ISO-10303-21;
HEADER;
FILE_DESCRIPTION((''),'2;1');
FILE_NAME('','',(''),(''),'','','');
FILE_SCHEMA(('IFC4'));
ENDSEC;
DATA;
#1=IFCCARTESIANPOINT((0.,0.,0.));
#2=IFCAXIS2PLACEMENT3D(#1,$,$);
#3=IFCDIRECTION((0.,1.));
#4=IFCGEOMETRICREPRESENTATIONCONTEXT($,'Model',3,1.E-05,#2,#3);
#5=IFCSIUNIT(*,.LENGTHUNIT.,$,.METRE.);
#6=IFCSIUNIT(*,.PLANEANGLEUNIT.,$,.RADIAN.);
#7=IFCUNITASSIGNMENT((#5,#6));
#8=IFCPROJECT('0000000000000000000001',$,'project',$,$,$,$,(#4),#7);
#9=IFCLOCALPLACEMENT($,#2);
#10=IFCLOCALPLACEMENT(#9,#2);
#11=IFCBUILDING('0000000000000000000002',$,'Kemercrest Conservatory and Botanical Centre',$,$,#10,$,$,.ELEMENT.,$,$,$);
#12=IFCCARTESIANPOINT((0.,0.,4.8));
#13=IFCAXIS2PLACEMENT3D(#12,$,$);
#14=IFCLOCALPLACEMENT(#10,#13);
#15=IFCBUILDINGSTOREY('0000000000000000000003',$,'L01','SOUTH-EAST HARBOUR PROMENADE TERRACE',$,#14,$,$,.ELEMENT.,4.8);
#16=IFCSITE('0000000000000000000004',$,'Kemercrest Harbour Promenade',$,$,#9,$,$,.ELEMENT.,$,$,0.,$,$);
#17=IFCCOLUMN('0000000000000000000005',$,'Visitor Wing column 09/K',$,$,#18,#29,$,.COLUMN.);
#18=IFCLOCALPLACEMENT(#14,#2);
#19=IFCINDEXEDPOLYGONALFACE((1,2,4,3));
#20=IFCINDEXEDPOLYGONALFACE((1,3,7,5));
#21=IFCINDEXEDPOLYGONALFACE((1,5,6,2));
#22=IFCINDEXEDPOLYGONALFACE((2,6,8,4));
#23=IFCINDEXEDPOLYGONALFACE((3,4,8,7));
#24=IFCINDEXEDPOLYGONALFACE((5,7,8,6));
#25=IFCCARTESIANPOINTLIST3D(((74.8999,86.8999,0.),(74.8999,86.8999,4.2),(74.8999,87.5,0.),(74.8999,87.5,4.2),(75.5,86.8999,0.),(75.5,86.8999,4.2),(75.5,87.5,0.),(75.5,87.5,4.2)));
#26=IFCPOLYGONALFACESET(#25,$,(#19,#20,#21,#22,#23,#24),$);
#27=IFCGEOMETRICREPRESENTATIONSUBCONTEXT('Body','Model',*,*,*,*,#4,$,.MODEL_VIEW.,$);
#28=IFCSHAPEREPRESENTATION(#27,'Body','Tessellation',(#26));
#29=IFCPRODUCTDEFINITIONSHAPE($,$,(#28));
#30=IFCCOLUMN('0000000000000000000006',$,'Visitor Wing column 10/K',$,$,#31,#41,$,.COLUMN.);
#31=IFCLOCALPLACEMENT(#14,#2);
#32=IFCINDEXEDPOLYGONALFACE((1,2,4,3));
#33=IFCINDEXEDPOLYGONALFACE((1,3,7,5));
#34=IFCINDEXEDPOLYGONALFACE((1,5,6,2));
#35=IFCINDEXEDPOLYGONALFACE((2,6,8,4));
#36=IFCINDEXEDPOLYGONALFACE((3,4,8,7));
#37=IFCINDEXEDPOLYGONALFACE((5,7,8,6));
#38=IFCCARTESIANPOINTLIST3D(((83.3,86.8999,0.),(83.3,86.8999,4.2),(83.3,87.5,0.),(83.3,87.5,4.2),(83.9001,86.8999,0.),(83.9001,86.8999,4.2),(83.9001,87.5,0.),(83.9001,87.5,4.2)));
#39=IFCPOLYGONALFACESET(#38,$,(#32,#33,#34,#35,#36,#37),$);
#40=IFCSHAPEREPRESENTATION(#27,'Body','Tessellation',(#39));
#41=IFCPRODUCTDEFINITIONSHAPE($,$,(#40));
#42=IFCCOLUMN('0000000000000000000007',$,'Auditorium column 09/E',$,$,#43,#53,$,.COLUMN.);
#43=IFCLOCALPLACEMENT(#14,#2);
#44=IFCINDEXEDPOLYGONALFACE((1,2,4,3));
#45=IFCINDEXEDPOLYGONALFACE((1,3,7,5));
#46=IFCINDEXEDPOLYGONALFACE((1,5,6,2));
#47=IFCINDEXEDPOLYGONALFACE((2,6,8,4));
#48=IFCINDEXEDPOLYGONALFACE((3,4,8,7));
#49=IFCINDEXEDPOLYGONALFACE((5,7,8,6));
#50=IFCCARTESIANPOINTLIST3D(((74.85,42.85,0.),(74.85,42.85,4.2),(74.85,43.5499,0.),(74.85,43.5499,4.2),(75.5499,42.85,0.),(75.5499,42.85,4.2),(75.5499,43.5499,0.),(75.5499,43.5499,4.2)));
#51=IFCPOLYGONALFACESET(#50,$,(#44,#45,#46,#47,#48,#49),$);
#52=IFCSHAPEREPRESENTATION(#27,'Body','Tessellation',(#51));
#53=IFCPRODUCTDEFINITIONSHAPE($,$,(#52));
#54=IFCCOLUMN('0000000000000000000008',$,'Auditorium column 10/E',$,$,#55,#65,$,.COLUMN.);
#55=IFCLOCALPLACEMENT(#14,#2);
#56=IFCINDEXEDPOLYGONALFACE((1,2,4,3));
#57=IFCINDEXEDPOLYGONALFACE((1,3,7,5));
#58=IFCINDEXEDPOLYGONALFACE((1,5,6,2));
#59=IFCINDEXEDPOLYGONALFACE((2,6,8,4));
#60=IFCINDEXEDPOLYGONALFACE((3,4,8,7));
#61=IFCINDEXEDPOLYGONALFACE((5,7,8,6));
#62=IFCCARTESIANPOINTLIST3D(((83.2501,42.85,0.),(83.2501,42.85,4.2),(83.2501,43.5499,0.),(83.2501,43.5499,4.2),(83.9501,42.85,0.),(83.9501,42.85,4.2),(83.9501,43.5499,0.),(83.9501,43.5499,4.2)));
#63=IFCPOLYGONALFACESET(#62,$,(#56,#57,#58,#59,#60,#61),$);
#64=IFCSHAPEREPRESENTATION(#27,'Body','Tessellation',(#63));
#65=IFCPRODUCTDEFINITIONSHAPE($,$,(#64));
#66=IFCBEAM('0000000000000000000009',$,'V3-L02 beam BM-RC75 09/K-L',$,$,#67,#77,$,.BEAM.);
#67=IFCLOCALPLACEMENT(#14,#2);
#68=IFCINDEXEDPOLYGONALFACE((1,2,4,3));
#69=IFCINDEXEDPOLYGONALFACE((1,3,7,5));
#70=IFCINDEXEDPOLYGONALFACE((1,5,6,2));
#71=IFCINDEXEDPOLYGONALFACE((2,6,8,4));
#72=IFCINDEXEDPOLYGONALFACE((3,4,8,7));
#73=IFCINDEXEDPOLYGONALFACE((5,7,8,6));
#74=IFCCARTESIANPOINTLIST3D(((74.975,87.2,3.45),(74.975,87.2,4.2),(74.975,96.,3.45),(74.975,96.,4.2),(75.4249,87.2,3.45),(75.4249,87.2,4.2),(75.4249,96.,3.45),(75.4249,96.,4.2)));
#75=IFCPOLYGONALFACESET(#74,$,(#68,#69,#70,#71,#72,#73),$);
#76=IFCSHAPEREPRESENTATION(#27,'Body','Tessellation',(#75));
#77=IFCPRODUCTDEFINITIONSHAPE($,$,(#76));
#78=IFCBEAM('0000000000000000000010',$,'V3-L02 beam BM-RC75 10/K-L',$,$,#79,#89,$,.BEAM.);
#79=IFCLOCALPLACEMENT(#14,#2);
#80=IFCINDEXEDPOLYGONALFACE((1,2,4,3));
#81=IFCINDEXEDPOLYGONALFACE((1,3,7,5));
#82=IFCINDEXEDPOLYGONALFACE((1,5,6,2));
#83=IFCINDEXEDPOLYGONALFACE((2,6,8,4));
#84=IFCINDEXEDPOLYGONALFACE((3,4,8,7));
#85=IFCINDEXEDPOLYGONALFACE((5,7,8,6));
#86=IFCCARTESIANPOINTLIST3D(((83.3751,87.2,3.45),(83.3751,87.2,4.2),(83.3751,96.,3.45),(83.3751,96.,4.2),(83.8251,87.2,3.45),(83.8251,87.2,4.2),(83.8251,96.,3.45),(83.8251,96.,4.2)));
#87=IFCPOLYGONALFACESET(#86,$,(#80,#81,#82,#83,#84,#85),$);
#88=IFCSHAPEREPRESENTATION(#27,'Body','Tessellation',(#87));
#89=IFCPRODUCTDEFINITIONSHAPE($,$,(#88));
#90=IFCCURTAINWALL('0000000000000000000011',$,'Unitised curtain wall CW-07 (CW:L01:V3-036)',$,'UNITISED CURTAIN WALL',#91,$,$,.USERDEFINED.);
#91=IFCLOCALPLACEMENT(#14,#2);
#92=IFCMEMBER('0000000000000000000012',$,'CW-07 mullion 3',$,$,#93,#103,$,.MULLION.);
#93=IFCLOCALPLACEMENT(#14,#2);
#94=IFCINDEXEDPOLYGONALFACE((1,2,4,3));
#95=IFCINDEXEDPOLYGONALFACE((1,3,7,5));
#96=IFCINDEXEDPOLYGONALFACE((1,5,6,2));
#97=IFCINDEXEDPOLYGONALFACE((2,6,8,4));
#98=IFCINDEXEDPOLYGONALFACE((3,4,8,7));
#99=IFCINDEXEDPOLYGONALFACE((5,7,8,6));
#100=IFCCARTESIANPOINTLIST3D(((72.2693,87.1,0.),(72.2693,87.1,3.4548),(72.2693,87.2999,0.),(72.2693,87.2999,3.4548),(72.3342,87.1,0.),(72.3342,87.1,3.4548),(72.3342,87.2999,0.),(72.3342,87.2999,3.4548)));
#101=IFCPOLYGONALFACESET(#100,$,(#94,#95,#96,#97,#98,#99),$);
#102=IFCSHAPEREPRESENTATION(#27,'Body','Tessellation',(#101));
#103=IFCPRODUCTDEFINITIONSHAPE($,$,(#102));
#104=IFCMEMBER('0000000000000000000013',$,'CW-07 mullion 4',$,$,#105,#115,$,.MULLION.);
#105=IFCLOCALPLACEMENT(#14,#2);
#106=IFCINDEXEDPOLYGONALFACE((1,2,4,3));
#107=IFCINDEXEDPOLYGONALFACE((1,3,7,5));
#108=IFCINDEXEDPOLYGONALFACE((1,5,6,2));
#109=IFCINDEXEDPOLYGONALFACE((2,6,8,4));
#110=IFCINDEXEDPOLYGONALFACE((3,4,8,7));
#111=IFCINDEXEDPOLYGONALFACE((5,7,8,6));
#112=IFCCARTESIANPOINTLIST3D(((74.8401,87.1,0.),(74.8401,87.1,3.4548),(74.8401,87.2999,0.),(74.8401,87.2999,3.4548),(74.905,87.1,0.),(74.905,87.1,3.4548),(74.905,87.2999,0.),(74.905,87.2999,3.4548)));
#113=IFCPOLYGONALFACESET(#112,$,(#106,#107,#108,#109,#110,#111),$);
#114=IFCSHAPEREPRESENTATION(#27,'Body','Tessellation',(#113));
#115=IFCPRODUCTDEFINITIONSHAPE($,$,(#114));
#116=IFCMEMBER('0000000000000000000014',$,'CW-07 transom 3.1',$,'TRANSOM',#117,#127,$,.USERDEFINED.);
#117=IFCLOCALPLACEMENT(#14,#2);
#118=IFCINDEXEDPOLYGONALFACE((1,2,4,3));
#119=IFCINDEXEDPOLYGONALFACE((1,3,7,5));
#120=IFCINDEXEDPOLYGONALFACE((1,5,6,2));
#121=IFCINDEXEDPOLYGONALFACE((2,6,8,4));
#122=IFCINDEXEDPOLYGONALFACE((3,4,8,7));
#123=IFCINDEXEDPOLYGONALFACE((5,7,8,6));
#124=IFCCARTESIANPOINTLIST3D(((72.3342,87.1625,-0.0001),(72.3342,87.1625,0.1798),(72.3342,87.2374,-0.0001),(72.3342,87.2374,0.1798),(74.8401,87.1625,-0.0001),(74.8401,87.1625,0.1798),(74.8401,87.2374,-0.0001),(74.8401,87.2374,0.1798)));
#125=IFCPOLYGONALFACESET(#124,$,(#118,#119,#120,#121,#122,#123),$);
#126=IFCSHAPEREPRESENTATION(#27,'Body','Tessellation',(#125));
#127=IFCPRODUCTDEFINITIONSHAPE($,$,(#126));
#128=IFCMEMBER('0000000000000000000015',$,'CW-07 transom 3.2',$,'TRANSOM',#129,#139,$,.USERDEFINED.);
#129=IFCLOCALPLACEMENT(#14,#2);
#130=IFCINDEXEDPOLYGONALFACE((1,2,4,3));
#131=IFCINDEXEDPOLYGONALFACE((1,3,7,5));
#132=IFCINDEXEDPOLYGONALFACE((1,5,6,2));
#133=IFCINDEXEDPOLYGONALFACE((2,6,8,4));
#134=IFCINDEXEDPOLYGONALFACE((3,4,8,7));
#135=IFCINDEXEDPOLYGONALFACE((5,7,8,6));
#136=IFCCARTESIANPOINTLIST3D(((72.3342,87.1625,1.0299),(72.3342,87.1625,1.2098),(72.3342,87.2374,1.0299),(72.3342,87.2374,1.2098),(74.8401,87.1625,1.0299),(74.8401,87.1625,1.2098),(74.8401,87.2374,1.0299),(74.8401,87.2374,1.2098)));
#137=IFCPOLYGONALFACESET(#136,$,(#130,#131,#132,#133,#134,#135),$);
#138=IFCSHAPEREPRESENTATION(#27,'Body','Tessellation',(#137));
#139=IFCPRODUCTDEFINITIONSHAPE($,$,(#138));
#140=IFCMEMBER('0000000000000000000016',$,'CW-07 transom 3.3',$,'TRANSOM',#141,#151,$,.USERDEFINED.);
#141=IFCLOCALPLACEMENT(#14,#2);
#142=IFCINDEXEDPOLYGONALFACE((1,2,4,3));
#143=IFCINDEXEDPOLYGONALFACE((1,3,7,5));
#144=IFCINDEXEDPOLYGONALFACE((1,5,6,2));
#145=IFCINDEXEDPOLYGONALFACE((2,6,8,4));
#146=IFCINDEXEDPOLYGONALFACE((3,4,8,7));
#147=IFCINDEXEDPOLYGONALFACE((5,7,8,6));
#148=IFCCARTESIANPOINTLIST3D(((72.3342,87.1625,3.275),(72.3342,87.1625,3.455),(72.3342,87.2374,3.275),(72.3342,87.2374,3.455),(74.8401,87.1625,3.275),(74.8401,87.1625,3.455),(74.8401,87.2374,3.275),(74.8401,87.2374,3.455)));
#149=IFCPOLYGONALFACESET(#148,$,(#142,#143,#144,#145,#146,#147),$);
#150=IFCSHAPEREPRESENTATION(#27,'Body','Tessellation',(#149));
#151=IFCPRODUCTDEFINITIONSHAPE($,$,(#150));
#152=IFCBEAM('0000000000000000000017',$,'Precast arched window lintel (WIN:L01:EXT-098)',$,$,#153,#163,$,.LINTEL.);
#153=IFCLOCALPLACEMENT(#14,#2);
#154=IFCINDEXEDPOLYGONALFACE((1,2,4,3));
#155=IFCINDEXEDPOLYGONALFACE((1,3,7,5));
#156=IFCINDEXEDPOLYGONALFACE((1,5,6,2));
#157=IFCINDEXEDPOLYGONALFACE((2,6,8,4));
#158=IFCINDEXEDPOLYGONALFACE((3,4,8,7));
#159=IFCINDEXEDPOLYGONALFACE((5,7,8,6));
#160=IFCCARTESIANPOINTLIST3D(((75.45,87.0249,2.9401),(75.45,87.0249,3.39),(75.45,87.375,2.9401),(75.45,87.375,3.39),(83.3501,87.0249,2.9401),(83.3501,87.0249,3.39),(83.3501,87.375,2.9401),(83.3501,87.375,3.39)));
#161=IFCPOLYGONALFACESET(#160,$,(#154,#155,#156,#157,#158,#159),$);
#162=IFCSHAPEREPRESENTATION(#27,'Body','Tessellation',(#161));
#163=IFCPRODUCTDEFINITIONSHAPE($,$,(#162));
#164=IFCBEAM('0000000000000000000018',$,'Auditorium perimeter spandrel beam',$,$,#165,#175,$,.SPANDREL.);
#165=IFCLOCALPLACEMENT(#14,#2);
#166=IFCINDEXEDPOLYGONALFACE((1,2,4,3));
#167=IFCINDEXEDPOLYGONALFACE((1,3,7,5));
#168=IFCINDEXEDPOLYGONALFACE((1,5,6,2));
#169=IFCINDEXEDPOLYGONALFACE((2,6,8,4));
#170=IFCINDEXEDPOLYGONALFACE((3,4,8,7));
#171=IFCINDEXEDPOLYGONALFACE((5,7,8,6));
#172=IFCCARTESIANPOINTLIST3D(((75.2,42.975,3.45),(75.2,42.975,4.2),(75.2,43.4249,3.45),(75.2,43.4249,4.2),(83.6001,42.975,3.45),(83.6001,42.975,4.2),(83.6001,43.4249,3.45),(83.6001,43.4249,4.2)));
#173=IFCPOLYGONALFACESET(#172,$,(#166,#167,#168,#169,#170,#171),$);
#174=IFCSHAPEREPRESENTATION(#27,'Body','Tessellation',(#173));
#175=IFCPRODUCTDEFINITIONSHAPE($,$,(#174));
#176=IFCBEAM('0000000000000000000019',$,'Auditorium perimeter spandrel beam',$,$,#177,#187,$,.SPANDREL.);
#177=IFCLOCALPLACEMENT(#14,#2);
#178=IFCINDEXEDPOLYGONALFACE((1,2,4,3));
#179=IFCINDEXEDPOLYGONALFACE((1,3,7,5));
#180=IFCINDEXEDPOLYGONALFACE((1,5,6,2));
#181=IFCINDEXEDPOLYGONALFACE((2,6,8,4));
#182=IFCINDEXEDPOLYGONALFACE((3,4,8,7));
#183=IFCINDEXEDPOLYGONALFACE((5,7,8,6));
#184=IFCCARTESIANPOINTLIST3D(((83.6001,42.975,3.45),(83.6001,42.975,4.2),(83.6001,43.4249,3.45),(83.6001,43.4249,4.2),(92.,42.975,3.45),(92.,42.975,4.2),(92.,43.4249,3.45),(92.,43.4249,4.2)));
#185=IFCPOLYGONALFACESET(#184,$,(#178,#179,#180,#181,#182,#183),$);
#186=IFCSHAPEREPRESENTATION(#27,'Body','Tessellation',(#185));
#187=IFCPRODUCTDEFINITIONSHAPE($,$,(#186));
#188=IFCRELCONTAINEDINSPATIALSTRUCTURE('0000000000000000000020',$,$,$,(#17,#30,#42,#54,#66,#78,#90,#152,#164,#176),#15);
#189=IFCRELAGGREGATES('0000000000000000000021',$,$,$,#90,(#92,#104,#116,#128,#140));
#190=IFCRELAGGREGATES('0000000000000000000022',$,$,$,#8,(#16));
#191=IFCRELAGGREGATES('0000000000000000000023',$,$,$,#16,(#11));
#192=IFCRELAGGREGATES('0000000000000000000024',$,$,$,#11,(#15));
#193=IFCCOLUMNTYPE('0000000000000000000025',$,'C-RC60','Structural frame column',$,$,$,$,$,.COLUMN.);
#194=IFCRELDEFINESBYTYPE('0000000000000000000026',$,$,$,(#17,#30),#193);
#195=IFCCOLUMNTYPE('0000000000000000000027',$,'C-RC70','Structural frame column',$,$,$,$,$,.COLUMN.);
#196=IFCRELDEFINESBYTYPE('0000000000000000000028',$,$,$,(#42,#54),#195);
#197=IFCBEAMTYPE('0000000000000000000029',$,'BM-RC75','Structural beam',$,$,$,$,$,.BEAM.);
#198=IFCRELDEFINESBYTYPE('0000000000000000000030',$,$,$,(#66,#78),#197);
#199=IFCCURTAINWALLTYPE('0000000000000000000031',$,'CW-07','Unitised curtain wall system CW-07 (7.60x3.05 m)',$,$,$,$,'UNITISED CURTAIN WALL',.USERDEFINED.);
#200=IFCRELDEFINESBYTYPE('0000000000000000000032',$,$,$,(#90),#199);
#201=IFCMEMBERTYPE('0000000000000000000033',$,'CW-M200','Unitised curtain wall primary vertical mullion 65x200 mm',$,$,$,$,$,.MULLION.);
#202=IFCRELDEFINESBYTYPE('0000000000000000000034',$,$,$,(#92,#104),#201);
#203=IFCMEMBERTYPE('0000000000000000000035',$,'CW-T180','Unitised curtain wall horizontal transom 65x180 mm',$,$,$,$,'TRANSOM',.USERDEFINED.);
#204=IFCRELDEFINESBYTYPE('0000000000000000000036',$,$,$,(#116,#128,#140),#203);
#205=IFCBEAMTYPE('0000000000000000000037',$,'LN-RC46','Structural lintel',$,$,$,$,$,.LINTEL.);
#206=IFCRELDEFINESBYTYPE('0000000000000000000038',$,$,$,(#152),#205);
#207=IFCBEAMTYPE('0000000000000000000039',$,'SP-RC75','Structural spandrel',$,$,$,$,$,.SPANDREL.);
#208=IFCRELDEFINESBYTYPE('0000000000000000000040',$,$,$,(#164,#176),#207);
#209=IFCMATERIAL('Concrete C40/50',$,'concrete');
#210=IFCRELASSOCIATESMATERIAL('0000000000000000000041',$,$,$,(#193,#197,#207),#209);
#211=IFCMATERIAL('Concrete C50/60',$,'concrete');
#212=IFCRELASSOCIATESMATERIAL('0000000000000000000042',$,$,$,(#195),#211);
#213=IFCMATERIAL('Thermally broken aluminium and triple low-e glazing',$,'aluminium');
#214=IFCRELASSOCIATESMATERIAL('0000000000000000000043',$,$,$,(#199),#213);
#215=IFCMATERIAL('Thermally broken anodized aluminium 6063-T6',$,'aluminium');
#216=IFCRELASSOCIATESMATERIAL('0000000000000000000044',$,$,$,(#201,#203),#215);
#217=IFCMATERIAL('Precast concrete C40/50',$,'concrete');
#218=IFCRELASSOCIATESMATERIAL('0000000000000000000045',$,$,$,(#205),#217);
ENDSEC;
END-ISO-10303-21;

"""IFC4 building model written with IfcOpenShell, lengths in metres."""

from ifc_helpers import new_model, si_unit, direction, frame, origin, origin_2d, place, context, subcontext, project, spatial, rectangle, extrude, material, material_profile, profile_set, type_object, element, aggregate, save


model = new_model("IFC4")

# Units and contexts
model_context = context("Model", 3, precision=1e-05, world=origin(), true_north=direction((0.0, 1.0)))
body_context = subcontext(model_context, "Body", "Model", "MODEL_VIEW")
ifc_project = project(units=[si_unit("LENGTHUNIT", "METRE"), si_unit("PLANEANGLEUNIT", "RADIAN")], contexts=[model_context])

# Site, building, storey
site_placement = place(None, origin())
site = spatial("IfcSite", under=ifc_project, at=site_placement, Name="Kemercrest Harbour Promenade", CompositionType="ELEMENT", RefElevation=0.0)
building_placement = place(site_placement, origin())
building = spatial("IfcBuilding", under=site, at=building_placement, Name="Kemercrest Conservatory and Botanical Centre", CompositionType="ELEMENT")
storey_placement = place(building_placement, frame((0.0, 0.0, 4.8)))
storey = spatial("IfcBuildingStorey", under=building, at=storey_placement, Name="L01", Description="SOUTH-EAST HARBOUR PROMENADE TERRACE", CompositionType="ELEMENT", Elevation=4.8)

# Columns
ifc_material_1 = material(Name="Concrete C40/50", Category="concrete")
ifc_material_profile_1 = material_profile(ifc_material_1, rectangle(XDim=0.6001, YDim=0.6001, at=origin_2d()), Name="RC 600x600")
ifc_profile_set_1 = profile_set([ifc_material_profile_1], Name="Concrete C40/50")
column_type_1 = type_object("IfcColumnType", Name="C-RC60", Description="Structural frame column", PredefinedType="COLUMN", material=ifc_profile_set_1)
for number, where, z_axis, x_axis, name in (
    (1, (75.2, 87.2, 0.0), (0.0, 0.0, 1.0), (1.0, 0.0, 0.0), "Visitor Wing column 09/K"),
    (2, (83.6001, 87.2, 0.0), (0.0, 0.0, 1.0), (1.0, 0.0, 0.0), "Visitor Wing column 10/K"),
):
    element("IfcColumn", number, at=place(storey_placement, frame(where, z_axis=z_axis, x_axis=x_axis)), inside=storey, type_object=column_type_1, Name=name, PredefinedType="COLUMN", context=body_context, shape_type="SweptSolid", body=[
        extrude(rectangle(XDim=0.6001, YDim=0.6001, at=origin_2d()), origin(), (0.0, 0.0, 1.0), 4.2),
    ])
ifc_material_2 = material(Name="Concrete C50/60", Category="concrete")
ifc_material_profile_2 = material_profile(ifc_material_2, rectangle(XDim=0.7, YDim=0.7, at=origin_2d()), Name="RC 700x700")
ifc_profile_set_2 = profile_set([ifc_material_profile_2], Name="Concrete C50/60")
column_type_2 = type_object("IfcColumnType", Name="C-RC70", Description="Structural frame column", PredefinedType="COLUMN", material=ifc_profile_set_2)
for number, where, z_axis, x_axis, name in (
    (3, (75.2, 43.2, 0.0), (0.0, 0.0, 1.0), (1.0, 0.0, 0.0), "Auditorium column 09/E"),
    (4, (83.6001, 43.2, 0.0), (0.0, 0.0, 1.0), (1.0, 0.0, 0.0), "Auditorium column 10/E"),
):
    element("IfcColumn", number, at=place(storey_placement, frame(where, z_axis=z_axis, x_axis=x_axis)), inside=storey, type_object=column_type_2, Name=name, PredefinedType="COLUMN", context=body_context, shape_type="SweptSolid", body=[
        extrude(rectangle(XDim=0.7, YDim=0.7, at=origin_2d()), origin(), (0.0, 0.0, 1.0), 4.2),
    ])

# Beams
ifc_material_profile_3 = material_profile(ifc_material_1, rectangle(XDim=0.45, YDim=0.75, at=origin_2d()), Name="RC 450x750")
ifc_profile_set_3 = profile_set([ifc_material_profile_3], Name="Concrete C40/50")
beam_type_1 = type_object("IfcBeamType", Name="BM-RC75", Description="Structural beam", PredefinedType="BEAM", material=ifc_profile_set_3)
for number, where, z_axis, x_axis, name in (
    (5, (75.2, 87.2, 3.825), (0.0, 1.0, 0.0), (-1.0, 0.0, 0.0), "V3-L02 beam BM-RC75 09/K-L"),
    (6, (83.6001, 87.2, 3.825), (0.0, 1.0, 0.0), (-1.0, 0.0, 0.0), "V3-L02 beam BM-RC75 10/K-L"),
):
    element("IfcBeam", number, at=place(storey_placement, frame(where, z_axis=z_axis, x_axis=x_axis)), inside=storey, type_object=beam_type_1, Name=name, PredefinedType="BEAM", context=body_context, shape_type="SweptSolid", body=[
        extrude(rectangle(XDim=0.45, YDim=0.75, at=origin_2d()), origin(), (0.0, 0.0, 1.0), 8.8),
    ])

# Curtain wall, members
ifc_material_3 = material(Name="Thermally broken aluminium and triple low-e glazing", Category="aluminium")
curtain_wall_type = type_object("IfcCurtainWallType", Name="CW-07", Description="Unitised curtain wall system CW-07 (7.60x3.05 m)", ElementType="UNITISED CURTAIN WALL", PredefinedType="USERDEFINED", material=ifc_material_3)
curtain_wall_placement = place(storey_placement, origin())
curtain_wall = element("IfcCurtainWall", 7, at=curtain_wall_placement, inside=storey, type_object=curtain_wall_type, Name="Unitised curtain wall CW-07 (CW:L01:V3-036)", ObjectType="UNITISED CURTAIN WALL", PredefinedType="USERDEFINED")
ifc_material_4 = material(Name="Thermally broken anodized aluminium 6063-T6", Category="aluminium")
ifc_material_profile_4 = material_profile(ifc_material_4, rectangle(XDim=0.2, YDim=0.0649, at=origin_2d()), Name="AL MULLION 65x200")
ifc_profile_set_4 = profile_set([ifc_material_profile_4], Name="Thermally broken anodized aluminium 6063-T6")
member_type_1 = type_object("IfcMemberType", Name="CW-M200", Description="Unitised curtain wall primary vertical mullion 65x200 mm", PredefinedType="MULLION", material=ifc_profile_set_4)
member_1_placement = place(storey_placement, frame((72.3018, 87.2, 0.0), z_axis=(0.0, 0.0, 1.0), x_axis=(0.0, 1.0, 0.0)))
member_1 = element("IfcMember", 8, at=member_1_placement, type_object=member_type_1, Name="CW-07 mullion 3", PredefinedType="MULLION", context=body_context, shape_type="SweptSolid", body=[
    extrude(rectangle(XDim=0.2, YDim=0.0649, at=origin_2d()), origin(), (0.0, 0.0, 1.0), 3.4548),
])
member_2_placement = place(storey_placement, frame((74.8726, 87.2, 0.0), z_axis=(0.0, 0.0, 1.0), x_axis=(0.0, 1.0, 0.0)))
member_2 = element("IfcMember", 9, at=member_2_placement, type_object=member_type_1, Name="CW-07 mullion 4", PredefinedType="MULLION", context=body_context, shape_type="SweptSolid", body=[
    extrude(rectangle(XDim=0.2, YDim=0.0649, at=origin_2d()), origin(), (0.0, 0.0, 1.0), 3.4548),
])
ifc_material_profile_5 = material_profile(ifc_material_4, rectangle(XDim=0.075, YDim=0.1799, at=origin_2d()), Name="AL TRANSOM 75x180")
ifc_profile_set_5 = profile_set([ifc_material_profile_5], Name="Thermally broken anodized aluminium 6063-T6")
member_type_2 = type_object("IfcMemberType", Name="CW-T180", Description="Unitised curtain wall horizontal transom 65x180 mm", ElementType="TRANSOM", PredefinedType="USERDEFINED", material=ifc_profile_set_5)
member_3_placement = place(storey_placement, frame((72.3342, 87.2, 0.0898), z_axis=(1.0, 0.0, 0.0), x_axis=(0.0, 1.0, 0.0)))
member_3 = element("IfcMember", 10, at=member_3_placement, type_object=member_type_2, Name="CW-07 transom 3.1", ObjectType="TRANSOM", PredefinedType="USERDEFINED", context=body_context, shape_type="SweptSolid", body=[
    extrude(rectangle(XDim=0.075, YDim=0.1799, at=origin_2d()), origin(), (0.0, 0.0, 1.0), 2.5059),
])
member_4_placement = place(storey_placement, frame((72.3342, 87.2, 1.1199), z_axis=(1.0, 0.0, 0.0), x_axis=(0.0, 1.0, 0.0)))
member_4 = element("IfcMember", 11, at=member_4_placement, type_object=member_type_2, Name="CW-07 transom 3.2", ObjectType="TRANSOM", PredefinedType="USERDEFINED", context=body_context, shape_type="SweptSolid", body=[
    extrude(rectangle(XDim=0.075, YDim=0.1799, at=origin_2d()), origin(), (0.0, 0.0, 1.0), 2.5059),
])
member_5_placement = place(storey_placement, frame((72.3342, 87.2, 3.365), z_axis=(1.0, 0.0, 0.0), x_axis=(0.0, 1.0, 0.0)))
member_5 = element("IfcMember", 12, at=member_5_placement, type_object=member_type_2, Name="CW-07 transom 3.3", ObjectType="TRANSOM", PredefinedType="USERDEFINED", context=body_context, shape_type="SweptSolid", body=[
    extrude(rectangle(XDim=0.075, YDim=0.1799, at=origin_2d()), origin(), (0.0, 0.0, 1.0), 2.5059),
])

# Beams
ifc_material_5 = material(Name="Precast concrete C40/50", Category="concrete")
ifc_material_profile_6 = material_profile(ifc_material_5, rectangle(XDim=0.3501, YDim=0.45, at=origin_2d()), Name="RC 350x450")
ifc_profile_set_6 = profile_set([ifc_material_profile_6], Name="Precast concrete C40/50")
beam_type_2 = type_object("IfcBeamType", Name="LN-RC46", Description="Structural lintel", PredefinedType="LINTEL", material=ifc_profile_set_6)
beam_1_placement = place(storey_placement, frame((75.45, 87.2, 3.165), z_axis=(1.0, 0.0, 0.0), x_axis=(0.0, 1.0, 0.0)))
element("IfcBeam", 13, at=beam_1_placement, inside=storey, type_object=beam_type_2, Name="Precast arched window lintel (WIN:L01:EXT-098)", PredefinedType="LINTEL", context=body_context, shape_type="SweptSolid", body=[
    extrude(rectangle(XDim=0.3501, YDim=0.45, at=origin_2d()), origin(), (0.0, 0.0, 1.0), 7.9001),
])
ifc_material_profile_7 = material_profile(ifc_material_1, rectangle(XDim=0.45, YDim=0.75, at=origin_2d()), Name="RC 450x750")
ifc_profile_set_7 = profile_set([ifc_material_profile_7], Name="Concrete C40/50")
beam_type_3 = type_object("IfcBeamType", Name="SP-RC75", Description="Structural spandrel", PredefinedType="SPANDREL", material=ifc_profile_set_7)
beam_2_placement = place(storey_placement, frame((75.2, 43.2, 3.825), z_axis=(1.0, 0.0, 0.0), x_axis=(0.0, 1.0, 0.0)))
element("IfcBeam", 14, at=beam_2_placement, inside=storey, type_object=beam_type_3, Name="Auditorium perimeter spandrel beam", PredefinedType="SPANDREL", context=body_context, shape_type="SweptSolid", body=[
    extrude(rectangle(XDim=0.45, YDim=0.75, at=origin_2d()), origin(), (0.0, 0.0, 1.0), 8.4001),
])
beam_3_placement = place(storey_placement, frame((83.6001, 43.2, 3.825), z_axis=(1.0, 0.0, 0.0), x_axis=(0.0, 1.0, 0.0)))
element("IfcBeam", 15, at=beam_3_placement, inside=storey, type_object=beam_type_3, Name="Auditorium perimeter spandrel beam", PredefinedType="SPANDREL", context=body_context, shape_type="SweptSolid", body=[
    extrude(rectangle(XDim=0.45, YDim=0.75, at=origin_2d()), origin(), (0.0, 0.0, 1.0), 8.3999),
])

aggregate(curtain_wall, [member_1, member_2, member_3, member_4, member_5])

save(model, "model.ifc")
